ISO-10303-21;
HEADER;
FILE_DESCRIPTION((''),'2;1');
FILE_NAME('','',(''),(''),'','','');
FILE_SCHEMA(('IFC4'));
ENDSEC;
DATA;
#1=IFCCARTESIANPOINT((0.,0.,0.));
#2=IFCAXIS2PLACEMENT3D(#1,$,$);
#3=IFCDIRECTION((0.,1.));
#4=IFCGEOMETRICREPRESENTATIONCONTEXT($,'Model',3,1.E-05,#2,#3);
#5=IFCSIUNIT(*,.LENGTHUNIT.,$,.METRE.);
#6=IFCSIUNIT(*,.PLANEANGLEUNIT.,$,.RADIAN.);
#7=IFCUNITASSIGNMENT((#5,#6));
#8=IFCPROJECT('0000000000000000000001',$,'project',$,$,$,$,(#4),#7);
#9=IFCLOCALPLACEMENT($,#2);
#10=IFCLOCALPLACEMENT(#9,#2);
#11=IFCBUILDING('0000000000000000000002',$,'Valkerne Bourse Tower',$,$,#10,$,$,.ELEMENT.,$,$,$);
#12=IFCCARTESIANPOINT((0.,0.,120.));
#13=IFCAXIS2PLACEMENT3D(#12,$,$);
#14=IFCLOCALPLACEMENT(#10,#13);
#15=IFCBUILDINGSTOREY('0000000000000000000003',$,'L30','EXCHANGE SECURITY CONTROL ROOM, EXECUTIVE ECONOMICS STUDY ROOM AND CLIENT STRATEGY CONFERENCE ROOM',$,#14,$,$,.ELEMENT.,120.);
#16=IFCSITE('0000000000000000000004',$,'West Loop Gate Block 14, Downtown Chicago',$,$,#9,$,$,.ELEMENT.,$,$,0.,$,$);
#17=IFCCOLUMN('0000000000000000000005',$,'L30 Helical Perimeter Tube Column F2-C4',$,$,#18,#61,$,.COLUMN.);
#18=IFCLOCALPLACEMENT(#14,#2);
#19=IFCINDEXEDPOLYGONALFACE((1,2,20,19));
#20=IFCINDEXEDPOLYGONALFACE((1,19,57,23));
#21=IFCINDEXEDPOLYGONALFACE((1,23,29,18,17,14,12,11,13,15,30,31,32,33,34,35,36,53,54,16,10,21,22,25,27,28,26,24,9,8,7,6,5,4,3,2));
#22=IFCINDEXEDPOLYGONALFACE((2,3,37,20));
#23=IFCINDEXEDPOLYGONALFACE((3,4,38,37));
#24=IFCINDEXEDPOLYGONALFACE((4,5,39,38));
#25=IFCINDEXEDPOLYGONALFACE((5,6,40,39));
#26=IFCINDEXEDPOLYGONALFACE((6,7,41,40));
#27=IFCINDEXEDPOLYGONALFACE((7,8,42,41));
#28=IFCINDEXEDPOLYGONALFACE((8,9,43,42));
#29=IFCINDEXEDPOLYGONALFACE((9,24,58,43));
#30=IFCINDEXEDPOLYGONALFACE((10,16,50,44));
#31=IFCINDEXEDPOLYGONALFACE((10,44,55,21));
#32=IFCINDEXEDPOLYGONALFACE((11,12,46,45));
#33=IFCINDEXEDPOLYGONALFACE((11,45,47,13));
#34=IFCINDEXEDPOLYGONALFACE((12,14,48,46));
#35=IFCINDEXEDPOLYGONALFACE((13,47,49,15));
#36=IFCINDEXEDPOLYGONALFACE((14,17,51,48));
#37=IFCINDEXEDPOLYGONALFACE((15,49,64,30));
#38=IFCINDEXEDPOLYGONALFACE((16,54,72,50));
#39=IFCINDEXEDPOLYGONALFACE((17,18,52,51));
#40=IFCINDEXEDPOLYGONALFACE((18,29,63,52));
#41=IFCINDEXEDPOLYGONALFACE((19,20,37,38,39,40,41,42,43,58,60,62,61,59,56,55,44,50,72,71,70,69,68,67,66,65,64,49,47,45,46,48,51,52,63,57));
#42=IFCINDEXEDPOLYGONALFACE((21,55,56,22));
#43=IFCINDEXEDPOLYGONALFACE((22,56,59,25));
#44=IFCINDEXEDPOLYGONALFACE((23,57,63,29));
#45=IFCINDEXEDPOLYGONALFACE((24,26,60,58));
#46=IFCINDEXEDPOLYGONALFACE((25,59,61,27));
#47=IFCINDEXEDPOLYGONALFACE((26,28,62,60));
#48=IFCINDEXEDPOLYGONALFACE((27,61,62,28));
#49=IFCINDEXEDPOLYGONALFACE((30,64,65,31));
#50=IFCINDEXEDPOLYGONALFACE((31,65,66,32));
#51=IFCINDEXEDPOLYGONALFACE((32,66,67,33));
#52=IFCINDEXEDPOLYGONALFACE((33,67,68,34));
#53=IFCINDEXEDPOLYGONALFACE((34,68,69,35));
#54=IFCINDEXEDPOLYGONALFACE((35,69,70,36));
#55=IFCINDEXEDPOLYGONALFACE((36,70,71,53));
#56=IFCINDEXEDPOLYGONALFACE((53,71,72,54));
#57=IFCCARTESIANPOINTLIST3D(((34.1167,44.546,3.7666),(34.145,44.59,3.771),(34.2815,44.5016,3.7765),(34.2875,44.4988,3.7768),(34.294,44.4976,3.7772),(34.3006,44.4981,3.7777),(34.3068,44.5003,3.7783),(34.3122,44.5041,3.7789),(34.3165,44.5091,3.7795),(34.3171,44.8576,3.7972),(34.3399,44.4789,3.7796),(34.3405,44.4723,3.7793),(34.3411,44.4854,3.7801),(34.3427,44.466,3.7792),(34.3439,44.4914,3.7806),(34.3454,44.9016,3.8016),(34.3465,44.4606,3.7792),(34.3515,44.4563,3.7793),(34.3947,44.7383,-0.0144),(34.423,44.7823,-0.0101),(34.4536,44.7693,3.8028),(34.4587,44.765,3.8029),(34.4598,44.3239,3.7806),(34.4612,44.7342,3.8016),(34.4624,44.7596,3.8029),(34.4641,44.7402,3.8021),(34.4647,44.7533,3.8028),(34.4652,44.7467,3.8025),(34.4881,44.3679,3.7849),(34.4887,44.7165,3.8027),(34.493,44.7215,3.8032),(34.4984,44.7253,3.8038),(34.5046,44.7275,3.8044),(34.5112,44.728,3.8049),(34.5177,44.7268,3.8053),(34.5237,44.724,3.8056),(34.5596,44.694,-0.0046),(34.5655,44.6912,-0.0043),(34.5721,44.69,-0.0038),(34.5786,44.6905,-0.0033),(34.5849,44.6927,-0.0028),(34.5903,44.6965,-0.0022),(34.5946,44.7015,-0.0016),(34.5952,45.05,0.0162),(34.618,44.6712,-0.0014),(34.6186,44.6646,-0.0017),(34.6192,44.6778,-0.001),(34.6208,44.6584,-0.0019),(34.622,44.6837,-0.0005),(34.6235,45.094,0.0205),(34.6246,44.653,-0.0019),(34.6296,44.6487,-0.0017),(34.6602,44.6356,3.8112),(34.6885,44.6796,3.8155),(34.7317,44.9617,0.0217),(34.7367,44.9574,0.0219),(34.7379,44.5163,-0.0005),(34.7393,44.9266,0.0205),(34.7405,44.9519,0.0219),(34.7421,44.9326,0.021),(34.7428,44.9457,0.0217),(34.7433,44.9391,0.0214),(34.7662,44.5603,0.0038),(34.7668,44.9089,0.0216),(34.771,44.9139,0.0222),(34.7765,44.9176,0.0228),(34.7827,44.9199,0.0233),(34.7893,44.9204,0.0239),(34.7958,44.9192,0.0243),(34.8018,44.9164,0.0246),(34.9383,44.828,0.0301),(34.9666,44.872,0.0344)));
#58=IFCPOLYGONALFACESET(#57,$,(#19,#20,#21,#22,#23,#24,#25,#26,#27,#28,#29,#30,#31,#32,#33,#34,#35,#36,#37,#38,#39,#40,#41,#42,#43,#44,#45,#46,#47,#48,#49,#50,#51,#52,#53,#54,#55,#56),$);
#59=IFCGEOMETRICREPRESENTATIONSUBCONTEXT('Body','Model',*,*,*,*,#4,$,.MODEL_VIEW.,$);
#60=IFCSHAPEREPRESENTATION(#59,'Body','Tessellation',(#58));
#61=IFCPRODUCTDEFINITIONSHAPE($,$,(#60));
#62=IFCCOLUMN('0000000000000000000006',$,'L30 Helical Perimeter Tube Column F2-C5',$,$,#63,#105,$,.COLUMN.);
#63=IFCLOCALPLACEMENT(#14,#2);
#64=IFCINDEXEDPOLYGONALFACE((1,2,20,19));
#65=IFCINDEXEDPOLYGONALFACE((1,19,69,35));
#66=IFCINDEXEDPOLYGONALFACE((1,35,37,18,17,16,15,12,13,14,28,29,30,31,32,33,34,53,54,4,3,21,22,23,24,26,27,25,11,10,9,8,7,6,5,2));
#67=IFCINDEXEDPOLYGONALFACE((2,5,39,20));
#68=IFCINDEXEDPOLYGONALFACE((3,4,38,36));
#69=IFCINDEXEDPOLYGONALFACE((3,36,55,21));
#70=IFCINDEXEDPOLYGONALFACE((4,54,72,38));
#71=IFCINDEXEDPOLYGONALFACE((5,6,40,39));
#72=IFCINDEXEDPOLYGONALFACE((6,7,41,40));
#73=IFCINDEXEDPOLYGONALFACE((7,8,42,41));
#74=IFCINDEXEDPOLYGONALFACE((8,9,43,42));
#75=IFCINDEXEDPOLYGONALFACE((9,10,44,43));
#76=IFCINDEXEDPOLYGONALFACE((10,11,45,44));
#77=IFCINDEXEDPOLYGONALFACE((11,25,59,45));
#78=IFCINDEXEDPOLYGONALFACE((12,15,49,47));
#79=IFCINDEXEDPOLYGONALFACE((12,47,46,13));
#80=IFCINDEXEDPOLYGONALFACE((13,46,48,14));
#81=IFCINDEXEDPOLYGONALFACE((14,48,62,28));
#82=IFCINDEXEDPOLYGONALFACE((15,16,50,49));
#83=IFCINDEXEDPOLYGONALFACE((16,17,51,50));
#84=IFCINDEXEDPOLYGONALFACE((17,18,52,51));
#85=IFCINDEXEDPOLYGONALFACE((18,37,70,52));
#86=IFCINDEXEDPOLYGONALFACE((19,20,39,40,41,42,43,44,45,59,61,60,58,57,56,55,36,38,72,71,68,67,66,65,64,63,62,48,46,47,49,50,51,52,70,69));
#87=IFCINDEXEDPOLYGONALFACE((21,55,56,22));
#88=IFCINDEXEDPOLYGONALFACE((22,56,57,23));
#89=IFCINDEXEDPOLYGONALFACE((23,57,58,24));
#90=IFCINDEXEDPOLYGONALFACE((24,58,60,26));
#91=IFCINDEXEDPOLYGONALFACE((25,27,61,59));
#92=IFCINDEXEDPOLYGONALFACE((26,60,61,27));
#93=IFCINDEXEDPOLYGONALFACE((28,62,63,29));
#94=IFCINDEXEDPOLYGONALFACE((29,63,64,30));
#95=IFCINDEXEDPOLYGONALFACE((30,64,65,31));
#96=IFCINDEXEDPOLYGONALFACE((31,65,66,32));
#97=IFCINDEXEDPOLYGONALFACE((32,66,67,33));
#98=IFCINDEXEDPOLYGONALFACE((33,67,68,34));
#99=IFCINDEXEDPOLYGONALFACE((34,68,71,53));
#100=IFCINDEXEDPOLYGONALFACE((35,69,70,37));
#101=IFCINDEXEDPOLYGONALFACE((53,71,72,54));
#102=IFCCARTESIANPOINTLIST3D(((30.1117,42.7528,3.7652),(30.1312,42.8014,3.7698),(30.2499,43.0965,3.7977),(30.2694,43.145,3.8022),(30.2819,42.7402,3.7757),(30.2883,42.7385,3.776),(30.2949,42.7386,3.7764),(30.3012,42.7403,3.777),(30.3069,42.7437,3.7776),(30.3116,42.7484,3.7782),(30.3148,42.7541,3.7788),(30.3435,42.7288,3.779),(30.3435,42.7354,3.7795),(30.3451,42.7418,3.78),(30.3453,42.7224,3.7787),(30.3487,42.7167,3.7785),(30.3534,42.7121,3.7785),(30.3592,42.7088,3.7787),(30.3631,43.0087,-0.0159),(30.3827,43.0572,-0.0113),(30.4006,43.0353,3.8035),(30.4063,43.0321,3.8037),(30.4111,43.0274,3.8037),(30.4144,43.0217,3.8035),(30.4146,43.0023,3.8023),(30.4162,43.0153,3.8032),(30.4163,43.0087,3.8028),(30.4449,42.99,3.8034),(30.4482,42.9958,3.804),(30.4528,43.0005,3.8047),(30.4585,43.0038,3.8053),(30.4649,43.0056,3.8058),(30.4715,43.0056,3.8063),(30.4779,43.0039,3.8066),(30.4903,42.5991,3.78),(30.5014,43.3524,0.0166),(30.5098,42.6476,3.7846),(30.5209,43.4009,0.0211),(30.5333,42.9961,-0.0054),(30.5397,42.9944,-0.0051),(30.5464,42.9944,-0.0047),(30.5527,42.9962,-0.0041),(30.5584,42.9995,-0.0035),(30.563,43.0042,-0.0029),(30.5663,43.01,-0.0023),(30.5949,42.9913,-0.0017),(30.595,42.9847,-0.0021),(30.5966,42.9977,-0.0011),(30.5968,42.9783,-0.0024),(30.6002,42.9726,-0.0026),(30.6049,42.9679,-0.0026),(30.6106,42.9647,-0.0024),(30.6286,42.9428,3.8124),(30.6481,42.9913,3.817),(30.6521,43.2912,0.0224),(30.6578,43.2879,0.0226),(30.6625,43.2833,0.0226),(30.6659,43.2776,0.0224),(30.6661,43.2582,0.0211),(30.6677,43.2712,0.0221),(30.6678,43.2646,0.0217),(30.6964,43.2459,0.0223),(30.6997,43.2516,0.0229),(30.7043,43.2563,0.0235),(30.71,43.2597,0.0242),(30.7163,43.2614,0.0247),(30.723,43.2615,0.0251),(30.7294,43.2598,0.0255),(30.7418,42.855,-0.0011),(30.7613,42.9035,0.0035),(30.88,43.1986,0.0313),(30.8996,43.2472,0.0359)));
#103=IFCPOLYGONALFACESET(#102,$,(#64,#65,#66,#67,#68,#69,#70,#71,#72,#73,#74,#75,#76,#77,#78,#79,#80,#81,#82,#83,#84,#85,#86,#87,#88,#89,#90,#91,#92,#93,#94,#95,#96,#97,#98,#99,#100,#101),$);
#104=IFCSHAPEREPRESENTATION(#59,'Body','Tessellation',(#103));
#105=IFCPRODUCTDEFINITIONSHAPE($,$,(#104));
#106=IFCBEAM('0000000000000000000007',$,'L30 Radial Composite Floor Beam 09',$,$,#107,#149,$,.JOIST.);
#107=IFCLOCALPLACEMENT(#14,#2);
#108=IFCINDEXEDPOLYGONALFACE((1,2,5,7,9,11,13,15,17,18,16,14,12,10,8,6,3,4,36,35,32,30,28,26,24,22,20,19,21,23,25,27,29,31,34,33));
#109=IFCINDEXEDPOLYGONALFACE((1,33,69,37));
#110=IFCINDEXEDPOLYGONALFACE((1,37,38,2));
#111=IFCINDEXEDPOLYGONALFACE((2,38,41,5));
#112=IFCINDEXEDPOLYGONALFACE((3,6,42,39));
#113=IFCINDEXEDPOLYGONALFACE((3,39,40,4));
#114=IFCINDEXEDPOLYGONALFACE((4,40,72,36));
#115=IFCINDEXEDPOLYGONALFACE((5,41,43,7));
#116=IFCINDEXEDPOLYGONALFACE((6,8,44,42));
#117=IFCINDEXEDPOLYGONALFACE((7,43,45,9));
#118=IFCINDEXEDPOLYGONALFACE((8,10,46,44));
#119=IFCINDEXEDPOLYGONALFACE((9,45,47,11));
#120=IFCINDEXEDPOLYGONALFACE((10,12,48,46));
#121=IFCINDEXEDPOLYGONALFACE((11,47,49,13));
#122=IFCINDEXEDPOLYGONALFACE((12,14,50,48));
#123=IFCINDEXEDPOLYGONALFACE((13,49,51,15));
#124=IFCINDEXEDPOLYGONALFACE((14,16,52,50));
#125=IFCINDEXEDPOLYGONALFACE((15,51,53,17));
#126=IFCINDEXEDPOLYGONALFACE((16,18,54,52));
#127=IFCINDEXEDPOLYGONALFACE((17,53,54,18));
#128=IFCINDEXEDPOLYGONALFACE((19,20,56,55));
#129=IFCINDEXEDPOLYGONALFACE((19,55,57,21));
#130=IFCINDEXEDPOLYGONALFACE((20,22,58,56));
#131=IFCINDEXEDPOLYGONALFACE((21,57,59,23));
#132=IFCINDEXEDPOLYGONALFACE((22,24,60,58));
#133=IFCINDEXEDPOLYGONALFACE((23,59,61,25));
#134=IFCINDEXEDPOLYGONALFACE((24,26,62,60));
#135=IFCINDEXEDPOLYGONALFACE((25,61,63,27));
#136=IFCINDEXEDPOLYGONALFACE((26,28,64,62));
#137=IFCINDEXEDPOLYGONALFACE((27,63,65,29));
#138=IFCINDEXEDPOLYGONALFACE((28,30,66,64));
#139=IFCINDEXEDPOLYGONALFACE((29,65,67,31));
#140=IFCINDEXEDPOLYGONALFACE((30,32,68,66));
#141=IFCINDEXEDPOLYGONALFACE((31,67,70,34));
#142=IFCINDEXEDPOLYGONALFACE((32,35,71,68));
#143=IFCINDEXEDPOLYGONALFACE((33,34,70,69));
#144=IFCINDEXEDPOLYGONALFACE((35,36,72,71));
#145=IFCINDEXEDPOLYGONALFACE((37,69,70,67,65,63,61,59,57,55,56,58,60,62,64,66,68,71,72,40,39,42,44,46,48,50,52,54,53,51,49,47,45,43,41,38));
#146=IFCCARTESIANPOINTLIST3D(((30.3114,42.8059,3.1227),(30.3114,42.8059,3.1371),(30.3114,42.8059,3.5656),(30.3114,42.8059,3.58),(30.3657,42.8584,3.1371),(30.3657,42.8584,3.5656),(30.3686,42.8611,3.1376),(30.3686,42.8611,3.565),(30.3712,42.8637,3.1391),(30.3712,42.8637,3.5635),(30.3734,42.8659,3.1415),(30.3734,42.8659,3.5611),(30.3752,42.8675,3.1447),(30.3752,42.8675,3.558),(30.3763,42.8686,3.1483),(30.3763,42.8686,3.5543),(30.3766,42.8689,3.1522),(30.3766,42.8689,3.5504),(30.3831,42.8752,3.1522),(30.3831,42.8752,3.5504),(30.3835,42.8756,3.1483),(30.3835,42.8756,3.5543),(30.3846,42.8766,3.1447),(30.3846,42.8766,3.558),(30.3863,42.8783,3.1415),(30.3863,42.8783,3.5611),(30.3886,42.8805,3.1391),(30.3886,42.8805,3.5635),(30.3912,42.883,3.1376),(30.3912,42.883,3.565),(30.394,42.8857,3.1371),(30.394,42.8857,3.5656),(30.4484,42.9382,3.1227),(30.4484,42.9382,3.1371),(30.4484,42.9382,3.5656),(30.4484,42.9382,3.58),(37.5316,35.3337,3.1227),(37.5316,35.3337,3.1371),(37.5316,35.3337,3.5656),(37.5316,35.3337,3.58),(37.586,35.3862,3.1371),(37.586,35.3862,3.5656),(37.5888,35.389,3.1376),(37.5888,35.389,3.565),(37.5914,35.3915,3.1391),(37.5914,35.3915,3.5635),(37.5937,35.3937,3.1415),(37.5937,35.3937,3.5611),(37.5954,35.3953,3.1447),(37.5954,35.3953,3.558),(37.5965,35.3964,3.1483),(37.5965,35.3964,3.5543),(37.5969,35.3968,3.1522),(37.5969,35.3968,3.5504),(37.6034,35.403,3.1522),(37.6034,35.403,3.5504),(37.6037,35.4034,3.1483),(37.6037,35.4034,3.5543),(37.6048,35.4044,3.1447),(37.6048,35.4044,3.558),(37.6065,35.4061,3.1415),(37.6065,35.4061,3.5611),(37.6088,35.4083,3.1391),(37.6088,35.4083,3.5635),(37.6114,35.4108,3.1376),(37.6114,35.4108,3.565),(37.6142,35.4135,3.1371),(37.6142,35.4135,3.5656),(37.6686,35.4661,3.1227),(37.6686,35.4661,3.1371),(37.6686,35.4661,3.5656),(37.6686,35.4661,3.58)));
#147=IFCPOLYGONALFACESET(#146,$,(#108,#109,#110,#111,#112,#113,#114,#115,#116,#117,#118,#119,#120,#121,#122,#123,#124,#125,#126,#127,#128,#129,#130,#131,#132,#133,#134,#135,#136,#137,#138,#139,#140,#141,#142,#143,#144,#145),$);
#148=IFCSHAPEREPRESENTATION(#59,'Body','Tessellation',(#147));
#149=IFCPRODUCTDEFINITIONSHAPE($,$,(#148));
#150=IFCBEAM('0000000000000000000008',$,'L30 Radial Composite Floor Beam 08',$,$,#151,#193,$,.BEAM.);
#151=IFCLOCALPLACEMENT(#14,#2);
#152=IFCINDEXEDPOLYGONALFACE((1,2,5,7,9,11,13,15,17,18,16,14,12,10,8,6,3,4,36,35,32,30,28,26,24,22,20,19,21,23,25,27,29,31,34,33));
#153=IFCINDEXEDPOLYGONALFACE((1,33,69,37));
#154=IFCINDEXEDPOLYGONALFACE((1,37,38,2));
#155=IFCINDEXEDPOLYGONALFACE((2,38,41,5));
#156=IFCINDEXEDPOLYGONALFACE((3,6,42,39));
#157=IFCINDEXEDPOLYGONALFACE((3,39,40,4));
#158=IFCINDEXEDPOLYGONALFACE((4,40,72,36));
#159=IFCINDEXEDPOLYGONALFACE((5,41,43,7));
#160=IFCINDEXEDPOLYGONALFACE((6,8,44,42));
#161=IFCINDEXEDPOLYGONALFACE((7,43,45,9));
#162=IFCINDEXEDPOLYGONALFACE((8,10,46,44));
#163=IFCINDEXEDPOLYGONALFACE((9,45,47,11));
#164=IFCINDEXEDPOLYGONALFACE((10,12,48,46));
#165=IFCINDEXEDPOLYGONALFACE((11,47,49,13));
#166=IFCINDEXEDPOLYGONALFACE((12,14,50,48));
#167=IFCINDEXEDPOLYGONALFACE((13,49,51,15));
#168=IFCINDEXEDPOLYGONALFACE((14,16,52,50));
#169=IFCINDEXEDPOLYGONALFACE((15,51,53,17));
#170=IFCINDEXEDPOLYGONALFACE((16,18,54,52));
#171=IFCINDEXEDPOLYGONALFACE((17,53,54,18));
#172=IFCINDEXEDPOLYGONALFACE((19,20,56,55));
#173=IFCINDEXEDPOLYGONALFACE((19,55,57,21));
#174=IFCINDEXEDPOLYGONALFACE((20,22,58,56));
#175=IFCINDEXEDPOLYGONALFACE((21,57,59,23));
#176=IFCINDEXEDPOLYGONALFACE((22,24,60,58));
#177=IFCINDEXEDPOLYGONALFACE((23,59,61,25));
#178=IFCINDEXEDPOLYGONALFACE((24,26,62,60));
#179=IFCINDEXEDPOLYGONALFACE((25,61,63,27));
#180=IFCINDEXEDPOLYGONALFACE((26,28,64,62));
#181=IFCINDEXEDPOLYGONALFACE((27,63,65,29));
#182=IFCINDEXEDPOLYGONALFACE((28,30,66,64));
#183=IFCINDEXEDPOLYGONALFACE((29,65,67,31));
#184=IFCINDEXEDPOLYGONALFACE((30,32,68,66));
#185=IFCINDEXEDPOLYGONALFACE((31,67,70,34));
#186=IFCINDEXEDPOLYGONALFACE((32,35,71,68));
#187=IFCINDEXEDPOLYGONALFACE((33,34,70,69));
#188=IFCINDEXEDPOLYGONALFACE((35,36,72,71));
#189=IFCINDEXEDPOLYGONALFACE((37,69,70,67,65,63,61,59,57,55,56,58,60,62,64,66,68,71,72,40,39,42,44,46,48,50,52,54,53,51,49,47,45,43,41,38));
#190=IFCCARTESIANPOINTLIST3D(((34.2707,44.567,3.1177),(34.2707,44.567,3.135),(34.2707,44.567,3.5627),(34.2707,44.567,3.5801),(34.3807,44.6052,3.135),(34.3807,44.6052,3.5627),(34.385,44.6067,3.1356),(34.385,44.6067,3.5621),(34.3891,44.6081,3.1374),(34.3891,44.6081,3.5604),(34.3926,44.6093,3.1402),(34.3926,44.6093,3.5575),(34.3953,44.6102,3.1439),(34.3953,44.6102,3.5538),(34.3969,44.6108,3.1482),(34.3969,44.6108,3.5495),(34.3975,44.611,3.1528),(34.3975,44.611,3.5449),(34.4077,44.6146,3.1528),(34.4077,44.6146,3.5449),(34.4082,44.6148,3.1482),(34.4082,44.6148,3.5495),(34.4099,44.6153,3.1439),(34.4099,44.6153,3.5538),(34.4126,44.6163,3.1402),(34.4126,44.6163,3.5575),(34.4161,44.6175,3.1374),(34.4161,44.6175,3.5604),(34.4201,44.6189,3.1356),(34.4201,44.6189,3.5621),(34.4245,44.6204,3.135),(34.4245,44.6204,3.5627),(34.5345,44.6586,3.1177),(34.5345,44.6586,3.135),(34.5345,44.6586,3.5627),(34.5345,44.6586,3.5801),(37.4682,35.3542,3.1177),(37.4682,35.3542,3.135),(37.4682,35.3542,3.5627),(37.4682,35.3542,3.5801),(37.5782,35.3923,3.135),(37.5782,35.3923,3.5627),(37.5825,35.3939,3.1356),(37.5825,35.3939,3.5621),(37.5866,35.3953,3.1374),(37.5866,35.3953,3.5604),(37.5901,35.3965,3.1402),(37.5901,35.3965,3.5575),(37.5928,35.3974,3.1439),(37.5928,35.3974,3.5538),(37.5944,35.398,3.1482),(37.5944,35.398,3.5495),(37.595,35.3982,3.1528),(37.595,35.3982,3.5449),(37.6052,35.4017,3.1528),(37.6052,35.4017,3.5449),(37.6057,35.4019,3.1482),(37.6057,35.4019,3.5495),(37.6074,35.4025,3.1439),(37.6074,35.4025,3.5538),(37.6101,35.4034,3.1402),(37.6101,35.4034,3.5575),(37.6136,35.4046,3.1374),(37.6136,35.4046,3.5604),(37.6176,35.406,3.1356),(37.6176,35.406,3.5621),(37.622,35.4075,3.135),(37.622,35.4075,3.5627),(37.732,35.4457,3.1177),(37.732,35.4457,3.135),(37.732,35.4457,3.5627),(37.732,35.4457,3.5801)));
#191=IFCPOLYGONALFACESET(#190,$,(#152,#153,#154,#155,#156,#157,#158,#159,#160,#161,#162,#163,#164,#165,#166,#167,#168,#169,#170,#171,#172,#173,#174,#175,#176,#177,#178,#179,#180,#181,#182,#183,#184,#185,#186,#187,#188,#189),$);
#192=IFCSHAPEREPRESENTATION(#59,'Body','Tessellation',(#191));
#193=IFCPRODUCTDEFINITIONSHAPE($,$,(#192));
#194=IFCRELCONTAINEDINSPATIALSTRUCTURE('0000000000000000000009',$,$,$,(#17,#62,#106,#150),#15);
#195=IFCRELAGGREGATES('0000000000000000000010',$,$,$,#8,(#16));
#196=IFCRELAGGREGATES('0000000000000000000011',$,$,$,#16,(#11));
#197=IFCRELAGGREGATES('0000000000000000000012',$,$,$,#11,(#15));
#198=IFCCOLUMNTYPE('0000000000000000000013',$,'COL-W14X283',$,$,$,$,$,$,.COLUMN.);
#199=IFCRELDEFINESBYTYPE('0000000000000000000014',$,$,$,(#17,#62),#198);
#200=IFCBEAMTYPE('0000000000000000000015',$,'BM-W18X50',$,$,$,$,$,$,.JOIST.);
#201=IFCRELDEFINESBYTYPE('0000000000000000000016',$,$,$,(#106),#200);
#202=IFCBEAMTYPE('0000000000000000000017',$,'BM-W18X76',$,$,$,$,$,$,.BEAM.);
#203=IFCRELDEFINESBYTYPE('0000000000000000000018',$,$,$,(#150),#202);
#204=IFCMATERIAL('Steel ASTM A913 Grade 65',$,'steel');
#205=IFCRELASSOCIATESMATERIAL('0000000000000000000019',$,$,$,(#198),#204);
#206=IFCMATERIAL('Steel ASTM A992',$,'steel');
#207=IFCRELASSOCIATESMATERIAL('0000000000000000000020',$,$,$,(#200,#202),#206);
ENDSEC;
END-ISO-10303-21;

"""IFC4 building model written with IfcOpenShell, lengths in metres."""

from ifc_helpers import new_model, si_unit, direction, frame, origin, origin_2d, place, context, subcontext, project, spatial, i_section, extrude, material, material_profile, profile_set, type_object, element, save


model = new_model("IFC4")

# Units and contexts
model_context = context("Model", 3, precision=1e-05, world=origin(), true_north=direction((0.0, 1.0)))
body_context = subcontext(model_context, "Body", "Model", "MODEL_VIEW")
ifc_project = project(units=[si_unit("LENGTHUNIT", "METRE"), si_unit("PLANEANGLEUNIT", "RADIAN")], contexts=[model_context])

# Site, building, storey
site_placement = place(None, origin())
site = spatial("IfcSite", under=ifc_project, at=site_placement, Name="West Loop Gate Block 14, Downtown Chicago", CompositionType="ELEMENT", RefElevation=0.0)
building_placement = place(site_placement, origin())
building = spatial("IfcBuilding", under=site, at=building_placement, Name="Valkerne Bourse Tower", CompositionType="ELEMENT")
storey_placement = place(building_placement, frame((0.0, 0.0, 120.0)))
storey = spatial("IfcBuildingStorey", under=building, at=storey_placement, Name="L30", Description="EXCHANGE SECURITY CONTROL ROOM, EXECUTIVE ECONOMICS STUDY ROOM AND CLIENT STRATEGY CONFERENCE ROOM", CompositionType="ELEMENT", Elevation=120.0)

# Columns
ifc_material_1 = material(Name="Steel ASTM A913 Grade 65", Category="steel")
ifc_material_profile_1 = material_profile(ifc_material_1, i_section(OverallWidth=0.4089, OverallDepth=0.4243, WebThickness=0.0327, FlangeThickness=0.0525, FilletRadius=0.0254, at=origin_2d()), Name="W14X283")
ifc_profile_set_1 = profile_set([ifc_material_profile_1], Name="Steel ASTM A913 Grade 65")
column_type = type_object("IfcColumnType", Name="COL-W14X283", PredefinedType="COLUMN", material=ifc_profile_set_1)
column_1_placement = place(storey_placement, frame((34.6807, 44.8052, 0.01), z_axis=(-0.073253, -0.050679, 0.996025), x_axis=(-0.839097, 0.542913, -0.034088)))
element("IfcColumn", 1, at=column_1_placement, inside=storey, type_object=column_type, Name="L30 Helical Perimeter Tube Column F2-C4", PredefinedType="COLUMN", context=body_context, shape_type="SweptSolid", body=[
    extrude(i_section(OverallWidth=0.4089, OverallDepth=0.4243, WebThickness=0.0327, FlangeThickness=0.0525, FilletRadius=0.0254, at=origin_2d()), origin(), (0.0, 0.0, 1.0), 3.7961),
])
column_2_placement = place(storey_placement, frame((30.6313, 43.1279, 0.01), z_axis=(-0.06621, -0.067367, 0.995529), x_axis=(-0.92596, 0.375887, -0.036147)))
element("IfcColumn", 2, at=column_2_placement, inside=storey, type_object=column_type, Name="L30 Helical Perimeter Tube Column F2-C5", PredefinedType="COLUMN", context=body_context, shape_type="SweptSolid", body=[
    extrude(i_section(OverallWidth=0.4089, OverallDepth=0.4243, WebThickness=0.0327, FlangeThickness=0.0525, FilletRadius=0.0254, at=origin_2d()), origin(), (0.0, 0.0, 1.0), 3.7981),
])

# Beams
ifc_material_2 = material(Name="Steel ASTM A992", Category="steel")
ifc_material_profile_2 = material_profile(ifc_material_2, i_section(OverallWidth=0.1904, OverallDepth=0.4573, WebThickness=0.009, FlangeThickness=0.0144, FilletRadius=0.0151, at=origin_2d()), Name="W18X50")
ifc_profile_set_2 = profile_set([ifc_material_profile_2], Name="Steel ASTM A992")
beam_type_1 = type_object("IfcBeamType", Name="BM-W18X50", PredefinedType="JOIST", material=ifc_profile_set_2)
beam_1_placement = place(storey_placement, frame((30.3799, 42.8721, 3.3513), z_axis=(0.694879, -0.719127, 0.0), x_axis=(0.719127, 0.694879, 0.0)))
element("IfcBeam", 3, at=beam_1_placement, inside=storey, type_object=beam_type_1, Name="L30 Radial Composite Floor Beam 09", PredefinedType="JOIST", context=body_context, shape_type="SweptSolid", body=[
    extrude(i_section(OverallWidth=0.1904, OverallDepth=0.4573, WebThickness=0.009, FlangeThickness=0.0144, FilletRadius=0.0151, at=origin_2d()), origin(), (0.0, 0.0, 1.0), 10.3906),
])
ifc_material_profile_3 = material_profile(ifc_material_2, i_section(OverallWidth=0.2793, OverallDepth=0.4624, WebThickness=0.0107, FlangeThickness=0.0173, FilletRadius=0.0178, at=origin_2d()), Name="W18X76")
ifc_profile_set_3 = profile_set([ifc_material_profile_3], Name="Steel ASTM A992")
beam_type_2 = type_object("IfcBeamType", Name="BM-W18X76", PredefinedType="BEAM", material=ifc_profile_set_3)
beam_2_placement = place(storey_placement, frame((34.4026, 44.6128, 3.3489), z_axis=(0.327883, -0.944718, 0.0), x_axis=(0.944718, 0.327883, 0.0)))
element("IfcBeam", 4, at=beam_2_placement, inside=storey, type_object=beam_type_2, Name="L30 Radial Composite Floor Beam 08", PredefinedType="BEAM", context=body_context, shape_type="SweptSolid", body=[
    extrude(i_section(OverallWidth=0.2793, OverallDepth=0.4624, WebThickness=0.0107, FlangeThickness=0.0173, FilletRadius=0.0178, at=origin_2d()), origin(), (0.0, 0.0, 1.0), 9.752),
])

save(model, "model.ifc")
